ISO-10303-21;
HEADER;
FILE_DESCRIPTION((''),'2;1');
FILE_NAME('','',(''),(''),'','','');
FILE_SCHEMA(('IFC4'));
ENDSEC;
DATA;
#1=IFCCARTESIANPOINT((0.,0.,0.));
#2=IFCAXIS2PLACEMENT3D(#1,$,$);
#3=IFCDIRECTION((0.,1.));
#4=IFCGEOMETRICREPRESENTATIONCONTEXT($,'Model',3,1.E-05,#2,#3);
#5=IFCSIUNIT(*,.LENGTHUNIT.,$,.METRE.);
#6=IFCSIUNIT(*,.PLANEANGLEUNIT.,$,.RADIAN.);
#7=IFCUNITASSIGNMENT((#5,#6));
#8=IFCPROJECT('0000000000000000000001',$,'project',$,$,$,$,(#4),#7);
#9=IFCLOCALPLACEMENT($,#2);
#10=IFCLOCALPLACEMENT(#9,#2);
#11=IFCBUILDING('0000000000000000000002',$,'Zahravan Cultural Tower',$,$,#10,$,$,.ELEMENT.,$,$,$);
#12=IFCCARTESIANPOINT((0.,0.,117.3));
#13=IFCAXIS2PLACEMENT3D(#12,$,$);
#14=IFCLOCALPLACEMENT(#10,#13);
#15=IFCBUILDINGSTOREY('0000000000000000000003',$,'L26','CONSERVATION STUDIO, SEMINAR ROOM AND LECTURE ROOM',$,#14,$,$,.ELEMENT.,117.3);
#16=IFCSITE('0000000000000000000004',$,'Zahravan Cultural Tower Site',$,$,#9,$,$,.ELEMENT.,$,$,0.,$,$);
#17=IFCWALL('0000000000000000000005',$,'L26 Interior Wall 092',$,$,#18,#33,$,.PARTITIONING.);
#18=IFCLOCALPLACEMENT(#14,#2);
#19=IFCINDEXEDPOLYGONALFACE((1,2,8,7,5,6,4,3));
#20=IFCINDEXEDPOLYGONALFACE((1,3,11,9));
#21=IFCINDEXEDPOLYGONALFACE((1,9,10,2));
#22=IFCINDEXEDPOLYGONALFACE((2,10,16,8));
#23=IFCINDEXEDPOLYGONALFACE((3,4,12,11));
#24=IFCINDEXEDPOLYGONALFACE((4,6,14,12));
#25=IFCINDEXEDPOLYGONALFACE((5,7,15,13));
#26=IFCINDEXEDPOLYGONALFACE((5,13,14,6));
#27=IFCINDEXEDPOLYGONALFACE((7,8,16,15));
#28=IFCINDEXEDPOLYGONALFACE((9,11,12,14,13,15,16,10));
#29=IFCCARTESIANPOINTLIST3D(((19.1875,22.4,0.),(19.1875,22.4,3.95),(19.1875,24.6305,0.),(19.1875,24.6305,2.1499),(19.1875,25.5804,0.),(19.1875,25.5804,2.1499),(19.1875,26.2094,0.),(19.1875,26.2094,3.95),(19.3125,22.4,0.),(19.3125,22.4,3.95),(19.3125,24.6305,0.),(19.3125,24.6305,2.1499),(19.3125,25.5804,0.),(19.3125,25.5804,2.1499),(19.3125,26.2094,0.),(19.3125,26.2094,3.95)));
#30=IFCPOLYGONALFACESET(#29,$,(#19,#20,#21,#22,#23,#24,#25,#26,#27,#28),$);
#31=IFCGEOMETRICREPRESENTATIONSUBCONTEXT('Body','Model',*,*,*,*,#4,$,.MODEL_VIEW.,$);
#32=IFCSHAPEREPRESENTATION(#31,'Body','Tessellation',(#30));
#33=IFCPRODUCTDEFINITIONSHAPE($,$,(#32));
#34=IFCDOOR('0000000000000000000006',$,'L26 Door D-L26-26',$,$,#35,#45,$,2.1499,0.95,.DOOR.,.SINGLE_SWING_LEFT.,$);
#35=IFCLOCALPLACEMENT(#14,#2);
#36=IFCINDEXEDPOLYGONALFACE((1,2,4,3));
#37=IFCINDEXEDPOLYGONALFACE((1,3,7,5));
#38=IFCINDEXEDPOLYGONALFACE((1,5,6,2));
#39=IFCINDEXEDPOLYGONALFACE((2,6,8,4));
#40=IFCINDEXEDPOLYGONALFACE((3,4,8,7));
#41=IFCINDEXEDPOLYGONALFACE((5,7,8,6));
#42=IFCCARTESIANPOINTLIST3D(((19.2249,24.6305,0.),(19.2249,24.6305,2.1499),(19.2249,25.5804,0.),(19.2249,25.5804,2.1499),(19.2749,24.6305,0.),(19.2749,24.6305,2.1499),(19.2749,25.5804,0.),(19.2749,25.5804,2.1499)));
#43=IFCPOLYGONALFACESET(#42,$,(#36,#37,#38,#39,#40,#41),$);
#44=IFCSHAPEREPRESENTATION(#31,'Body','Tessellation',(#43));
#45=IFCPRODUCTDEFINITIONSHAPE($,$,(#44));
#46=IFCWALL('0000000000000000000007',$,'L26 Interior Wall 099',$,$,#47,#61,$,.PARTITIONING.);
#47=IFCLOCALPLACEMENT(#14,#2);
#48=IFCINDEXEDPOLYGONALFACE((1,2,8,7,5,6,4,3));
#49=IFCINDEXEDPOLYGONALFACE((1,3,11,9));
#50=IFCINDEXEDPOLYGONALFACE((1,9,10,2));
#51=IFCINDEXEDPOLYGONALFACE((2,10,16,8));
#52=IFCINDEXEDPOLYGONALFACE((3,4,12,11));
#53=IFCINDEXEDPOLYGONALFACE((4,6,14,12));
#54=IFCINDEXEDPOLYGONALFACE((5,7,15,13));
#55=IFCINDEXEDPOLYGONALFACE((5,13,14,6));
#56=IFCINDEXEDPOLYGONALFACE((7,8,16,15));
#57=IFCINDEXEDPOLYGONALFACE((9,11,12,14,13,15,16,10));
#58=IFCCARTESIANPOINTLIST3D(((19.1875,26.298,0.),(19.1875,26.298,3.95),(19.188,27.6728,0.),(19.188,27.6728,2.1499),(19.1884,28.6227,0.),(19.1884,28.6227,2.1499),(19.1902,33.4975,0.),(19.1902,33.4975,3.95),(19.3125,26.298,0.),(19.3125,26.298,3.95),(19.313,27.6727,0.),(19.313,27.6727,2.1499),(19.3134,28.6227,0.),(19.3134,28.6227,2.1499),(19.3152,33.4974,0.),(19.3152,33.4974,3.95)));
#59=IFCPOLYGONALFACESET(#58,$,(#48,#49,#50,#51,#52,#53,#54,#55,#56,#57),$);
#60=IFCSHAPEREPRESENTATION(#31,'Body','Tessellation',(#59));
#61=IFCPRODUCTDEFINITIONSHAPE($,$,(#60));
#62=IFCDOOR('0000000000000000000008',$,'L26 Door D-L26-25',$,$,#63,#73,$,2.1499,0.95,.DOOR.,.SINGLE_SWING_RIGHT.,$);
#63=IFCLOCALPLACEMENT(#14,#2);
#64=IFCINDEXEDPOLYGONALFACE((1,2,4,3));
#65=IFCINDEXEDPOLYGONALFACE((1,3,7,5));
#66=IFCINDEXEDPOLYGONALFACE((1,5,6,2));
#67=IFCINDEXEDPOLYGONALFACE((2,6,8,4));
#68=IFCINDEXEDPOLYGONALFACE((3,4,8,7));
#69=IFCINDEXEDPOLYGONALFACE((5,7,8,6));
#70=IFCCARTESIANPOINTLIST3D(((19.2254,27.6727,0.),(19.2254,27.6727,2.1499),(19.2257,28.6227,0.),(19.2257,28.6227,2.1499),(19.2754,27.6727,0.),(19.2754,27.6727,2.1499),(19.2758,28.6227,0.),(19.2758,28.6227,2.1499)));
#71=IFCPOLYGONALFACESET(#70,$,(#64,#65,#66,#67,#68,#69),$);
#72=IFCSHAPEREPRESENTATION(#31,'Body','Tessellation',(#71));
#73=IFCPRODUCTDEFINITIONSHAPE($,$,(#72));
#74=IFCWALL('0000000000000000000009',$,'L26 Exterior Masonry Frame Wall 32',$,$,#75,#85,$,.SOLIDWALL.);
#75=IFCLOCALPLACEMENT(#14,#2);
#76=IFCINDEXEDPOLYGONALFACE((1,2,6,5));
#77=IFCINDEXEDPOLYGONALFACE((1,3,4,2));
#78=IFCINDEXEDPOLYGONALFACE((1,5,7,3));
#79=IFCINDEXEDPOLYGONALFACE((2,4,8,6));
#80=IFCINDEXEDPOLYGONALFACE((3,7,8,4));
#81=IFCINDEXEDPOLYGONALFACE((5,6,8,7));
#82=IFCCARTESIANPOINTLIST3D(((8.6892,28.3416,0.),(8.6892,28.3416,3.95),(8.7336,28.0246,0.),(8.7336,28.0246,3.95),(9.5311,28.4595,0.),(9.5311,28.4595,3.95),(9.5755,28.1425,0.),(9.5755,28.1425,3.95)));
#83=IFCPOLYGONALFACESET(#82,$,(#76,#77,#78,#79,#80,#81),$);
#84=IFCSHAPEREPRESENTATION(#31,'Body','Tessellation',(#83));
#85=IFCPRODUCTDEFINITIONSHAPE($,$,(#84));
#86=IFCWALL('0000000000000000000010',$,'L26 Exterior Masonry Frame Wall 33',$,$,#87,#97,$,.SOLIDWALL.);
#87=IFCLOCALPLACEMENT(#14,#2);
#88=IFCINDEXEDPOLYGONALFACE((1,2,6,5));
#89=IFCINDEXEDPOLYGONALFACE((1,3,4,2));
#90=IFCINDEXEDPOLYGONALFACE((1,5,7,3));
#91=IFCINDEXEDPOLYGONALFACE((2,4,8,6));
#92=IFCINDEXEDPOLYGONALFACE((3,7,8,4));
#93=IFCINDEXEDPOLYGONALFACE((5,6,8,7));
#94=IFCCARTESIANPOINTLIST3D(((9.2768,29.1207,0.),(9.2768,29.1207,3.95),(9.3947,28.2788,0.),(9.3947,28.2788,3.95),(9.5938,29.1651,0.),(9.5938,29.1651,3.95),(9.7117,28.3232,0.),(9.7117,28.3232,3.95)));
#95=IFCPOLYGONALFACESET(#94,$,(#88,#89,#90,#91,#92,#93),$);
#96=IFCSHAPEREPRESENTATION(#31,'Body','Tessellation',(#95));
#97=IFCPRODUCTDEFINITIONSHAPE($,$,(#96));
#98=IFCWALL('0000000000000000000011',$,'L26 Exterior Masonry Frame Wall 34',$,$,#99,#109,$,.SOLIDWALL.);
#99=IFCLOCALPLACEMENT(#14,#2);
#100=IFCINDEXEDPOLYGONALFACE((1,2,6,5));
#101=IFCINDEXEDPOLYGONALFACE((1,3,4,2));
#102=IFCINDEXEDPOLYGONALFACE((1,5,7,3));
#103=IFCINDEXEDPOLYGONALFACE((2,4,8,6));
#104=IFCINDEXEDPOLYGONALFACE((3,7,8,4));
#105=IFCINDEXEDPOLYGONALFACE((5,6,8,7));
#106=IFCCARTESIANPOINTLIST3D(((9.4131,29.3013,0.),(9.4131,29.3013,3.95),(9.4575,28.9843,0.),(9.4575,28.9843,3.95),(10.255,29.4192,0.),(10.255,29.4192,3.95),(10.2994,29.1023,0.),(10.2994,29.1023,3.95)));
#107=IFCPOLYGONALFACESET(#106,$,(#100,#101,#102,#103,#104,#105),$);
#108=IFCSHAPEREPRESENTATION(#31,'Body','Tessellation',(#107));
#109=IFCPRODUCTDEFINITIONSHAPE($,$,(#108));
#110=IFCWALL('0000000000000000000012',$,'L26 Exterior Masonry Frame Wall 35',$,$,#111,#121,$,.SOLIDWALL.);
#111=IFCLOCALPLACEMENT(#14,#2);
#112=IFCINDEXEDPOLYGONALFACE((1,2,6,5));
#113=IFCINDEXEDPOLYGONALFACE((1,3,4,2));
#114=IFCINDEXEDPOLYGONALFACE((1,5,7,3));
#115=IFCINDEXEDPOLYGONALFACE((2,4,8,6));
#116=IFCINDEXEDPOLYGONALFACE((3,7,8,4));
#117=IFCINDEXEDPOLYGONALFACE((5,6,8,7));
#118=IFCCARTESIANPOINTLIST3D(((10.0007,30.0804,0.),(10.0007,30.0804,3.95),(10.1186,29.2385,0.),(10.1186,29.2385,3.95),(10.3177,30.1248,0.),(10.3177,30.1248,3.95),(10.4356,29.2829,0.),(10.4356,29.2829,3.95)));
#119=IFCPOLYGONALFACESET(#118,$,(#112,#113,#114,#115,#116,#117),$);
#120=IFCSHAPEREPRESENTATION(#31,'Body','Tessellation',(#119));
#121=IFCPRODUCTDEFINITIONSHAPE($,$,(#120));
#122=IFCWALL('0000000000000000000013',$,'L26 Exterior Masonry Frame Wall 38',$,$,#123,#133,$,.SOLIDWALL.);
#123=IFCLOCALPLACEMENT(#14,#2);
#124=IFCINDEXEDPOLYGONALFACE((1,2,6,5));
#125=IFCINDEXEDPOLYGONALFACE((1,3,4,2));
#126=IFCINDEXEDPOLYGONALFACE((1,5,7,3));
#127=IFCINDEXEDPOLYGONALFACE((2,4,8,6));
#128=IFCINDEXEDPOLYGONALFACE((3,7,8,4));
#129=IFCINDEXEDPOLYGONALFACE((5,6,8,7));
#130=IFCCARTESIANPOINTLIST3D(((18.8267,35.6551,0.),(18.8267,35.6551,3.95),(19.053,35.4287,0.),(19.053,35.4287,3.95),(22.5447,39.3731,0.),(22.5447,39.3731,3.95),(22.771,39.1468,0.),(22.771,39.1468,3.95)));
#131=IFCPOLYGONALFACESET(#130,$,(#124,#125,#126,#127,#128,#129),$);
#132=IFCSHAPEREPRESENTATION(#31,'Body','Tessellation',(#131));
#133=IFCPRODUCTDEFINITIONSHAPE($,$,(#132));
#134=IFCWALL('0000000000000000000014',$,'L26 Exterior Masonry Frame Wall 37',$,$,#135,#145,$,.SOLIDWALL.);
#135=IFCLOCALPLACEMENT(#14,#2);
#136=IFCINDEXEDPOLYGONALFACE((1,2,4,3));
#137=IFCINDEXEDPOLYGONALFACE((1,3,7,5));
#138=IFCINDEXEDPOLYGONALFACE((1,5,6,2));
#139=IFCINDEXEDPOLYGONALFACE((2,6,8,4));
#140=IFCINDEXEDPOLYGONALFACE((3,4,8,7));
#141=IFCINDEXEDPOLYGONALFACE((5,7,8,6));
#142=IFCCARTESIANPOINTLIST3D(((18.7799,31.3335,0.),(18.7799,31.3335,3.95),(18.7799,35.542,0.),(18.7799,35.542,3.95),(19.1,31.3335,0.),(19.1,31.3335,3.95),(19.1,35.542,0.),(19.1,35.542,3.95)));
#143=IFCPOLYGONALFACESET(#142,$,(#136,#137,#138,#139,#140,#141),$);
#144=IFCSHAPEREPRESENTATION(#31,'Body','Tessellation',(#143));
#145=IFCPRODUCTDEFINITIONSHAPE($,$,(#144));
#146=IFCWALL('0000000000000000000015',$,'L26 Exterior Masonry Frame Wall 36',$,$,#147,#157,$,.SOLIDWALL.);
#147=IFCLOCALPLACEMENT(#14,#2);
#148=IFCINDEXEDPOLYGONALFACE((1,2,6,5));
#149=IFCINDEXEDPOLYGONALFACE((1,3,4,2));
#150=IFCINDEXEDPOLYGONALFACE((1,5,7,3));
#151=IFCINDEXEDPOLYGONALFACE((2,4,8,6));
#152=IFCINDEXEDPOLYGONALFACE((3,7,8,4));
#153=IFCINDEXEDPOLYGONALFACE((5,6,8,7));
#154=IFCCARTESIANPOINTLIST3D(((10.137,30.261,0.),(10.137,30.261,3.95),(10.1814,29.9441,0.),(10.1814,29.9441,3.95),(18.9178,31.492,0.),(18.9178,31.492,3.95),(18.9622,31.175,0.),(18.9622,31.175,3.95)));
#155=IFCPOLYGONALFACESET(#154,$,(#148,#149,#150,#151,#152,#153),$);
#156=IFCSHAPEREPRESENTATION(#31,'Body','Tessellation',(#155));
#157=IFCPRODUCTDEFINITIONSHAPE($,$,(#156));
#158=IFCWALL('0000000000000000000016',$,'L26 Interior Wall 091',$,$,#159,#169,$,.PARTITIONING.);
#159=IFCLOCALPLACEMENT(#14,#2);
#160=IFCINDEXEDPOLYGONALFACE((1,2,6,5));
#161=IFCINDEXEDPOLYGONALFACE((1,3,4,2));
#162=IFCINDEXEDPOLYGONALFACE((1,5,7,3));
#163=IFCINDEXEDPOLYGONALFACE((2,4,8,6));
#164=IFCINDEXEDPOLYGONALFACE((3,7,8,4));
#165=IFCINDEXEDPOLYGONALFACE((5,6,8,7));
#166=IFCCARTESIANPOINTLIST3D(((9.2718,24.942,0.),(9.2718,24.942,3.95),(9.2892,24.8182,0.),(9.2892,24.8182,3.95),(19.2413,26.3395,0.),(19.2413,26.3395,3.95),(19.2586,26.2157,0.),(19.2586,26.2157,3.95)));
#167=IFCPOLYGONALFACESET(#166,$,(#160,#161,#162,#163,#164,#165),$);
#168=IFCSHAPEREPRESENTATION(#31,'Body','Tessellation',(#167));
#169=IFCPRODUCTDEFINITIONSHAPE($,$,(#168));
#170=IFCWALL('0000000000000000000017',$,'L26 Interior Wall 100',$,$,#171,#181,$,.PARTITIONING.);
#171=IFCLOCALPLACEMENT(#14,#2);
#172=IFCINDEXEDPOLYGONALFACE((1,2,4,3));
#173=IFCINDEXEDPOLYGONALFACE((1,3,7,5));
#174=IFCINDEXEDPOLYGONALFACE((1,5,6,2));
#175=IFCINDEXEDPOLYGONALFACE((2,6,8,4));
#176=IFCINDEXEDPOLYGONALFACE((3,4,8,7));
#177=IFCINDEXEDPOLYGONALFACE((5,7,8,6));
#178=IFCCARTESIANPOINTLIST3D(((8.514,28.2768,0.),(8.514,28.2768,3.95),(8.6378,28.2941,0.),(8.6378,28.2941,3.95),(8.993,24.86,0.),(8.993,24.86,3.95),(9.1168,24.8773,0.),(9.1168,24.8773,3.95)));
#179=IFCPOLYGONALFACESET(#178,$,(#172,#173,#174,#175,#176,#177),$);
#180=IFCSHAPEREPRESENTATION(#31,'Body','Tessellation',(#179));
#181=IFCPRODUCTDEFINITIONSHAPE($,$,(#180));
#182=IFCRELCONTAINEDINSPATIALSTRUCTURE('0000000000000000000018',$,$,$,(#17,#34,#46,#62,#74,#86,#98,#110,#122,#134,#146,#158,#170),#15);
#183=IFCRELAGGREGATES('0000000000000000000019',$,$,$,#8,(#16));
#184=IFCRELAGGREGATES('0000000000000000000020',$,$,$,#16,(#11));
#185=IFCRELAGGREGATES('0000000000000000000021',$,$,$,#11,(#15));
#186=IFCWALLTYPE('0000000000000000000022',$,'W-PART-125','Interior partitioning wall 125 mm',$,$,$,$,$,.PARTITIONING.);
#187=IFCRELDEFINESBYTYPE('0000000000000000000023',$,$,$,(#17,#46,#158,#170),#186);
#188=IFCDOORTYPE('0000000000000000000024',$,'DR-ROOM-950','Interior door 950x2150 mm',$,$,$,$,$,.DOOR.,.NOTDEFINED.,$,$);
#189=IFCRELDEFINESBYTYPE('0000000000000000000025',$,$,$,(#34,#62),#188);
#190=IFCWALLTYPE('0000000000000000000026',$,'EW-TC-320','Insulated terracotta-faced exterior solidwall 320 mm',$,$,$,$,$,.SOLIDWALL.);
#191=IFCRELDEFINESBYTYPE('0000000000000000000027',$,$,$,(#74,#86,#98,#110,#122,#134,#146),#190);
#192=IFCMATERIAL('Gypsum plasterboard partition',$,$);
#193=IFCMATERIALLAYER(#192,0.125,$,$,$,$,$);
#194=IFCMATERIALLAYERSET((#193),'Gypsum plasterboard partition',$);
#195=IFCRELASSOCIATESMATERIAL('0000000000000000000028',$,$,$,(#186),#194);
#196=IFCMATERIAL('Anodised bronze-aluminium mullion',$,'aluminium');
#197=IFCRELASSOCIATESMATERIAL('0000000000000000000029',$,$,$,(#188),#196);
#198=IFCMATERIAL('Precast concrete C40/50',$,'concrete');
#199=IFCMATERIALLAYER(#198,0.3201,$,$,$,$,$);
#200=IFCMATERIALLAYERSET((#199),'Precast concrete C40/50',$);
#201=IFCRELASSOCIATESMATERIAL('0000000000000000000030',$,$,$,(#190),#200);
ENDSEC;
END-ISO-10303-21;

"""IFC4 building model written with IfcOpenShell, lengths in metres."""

from ifc_helpers import new_model, si_unit, direction, frame, frame_2d, origin, place, context, subcontext, project, spatial, rectangle, extrude, source, transform, mapped, material, layer, layer_set, type_object, element, fill, save


model = new_model("IFC4")

# Units and contexts
model_context = context("Model", 3, precision=1e-05, world=origin(), true_north=direction((0.0, 1.0)))
body_context = subcontext(model_context, "Body", "Model", "MODEL_VIEW")
ifc_project = project(units=[si_unit("LENGTHUNIT", "METRE"), si_unit("PLANEANGLEUNIT", "RADIAN")], contexts=[model_context])

# Site, building, storey
site_placement = place(None, origin())
site = spatial("IfcSite", under=ifc_project, at=site_placement, Name="Zahravan Cultural Tower Site", CompositionType="ELEMENT", RefElevation=0.0)
building_placement = place(site_placement, origin())
building = spatial("IfcBuilding", under=site, at=building_placement, Name="Zahravan Cultural Tower", CompositionType="ELEMENT")
storey_placement = place(building_placement, frame((0.0, 0.0, 117.3)))
storey = spatial("IfcBuildingStorey", under=building, at=storey_placement, Name="L26", Description="CONSERVATION STUDIO, SEMINAR ROOM AND LECTURE ROOM", CompositionType="ELEMENT", Elevation=117.3)

# Shared definitions
ifc_material_1 = material(Name="Anodised bronze-aluminium mullion", Category="aluminium")

# Walls, openings, doors
ifc_material_2 = material(Name="Gypsum plasterboard partition")
ifc_layer_1 = layer(ifc_material_2, 0.125)
ifc_layer_set_1 = layer_set([ifc_layer_1], Name="Gypsum plasterboard partition")
wall_type_1 = type_object("IfcWallType", Name="W-PART-125", Description="Interior partitioning wall 125 mm", PredefinedType="PARTITIONING", material=ifc_layer_set_1)
wall_1_placement = place(storey_placement, frame((19.25, 26.2095, 0.0), z_axis=(0.0, 0.0, 1.0), x_axis=(0.0, -1.0, 0.0)))
wall_1 = element("IfcWall", 1, at=wall_1_placement, inside=storey, type_object=wall_type_1, Name="L26 Interior Wall 092", PredefinedType="PARTITIONING", context=body_context, shape_type="SweptSolid", body=[
    extrude(rectangle(XDim=3.8093, YDim=0.125, at=frame_2d((1.9048, 0.0))), origin(), (0.0, 0.0, 1.0), 3.95),
])
opening_1_placement = place(wall_1_placement, frame((0.6289, 0.0, 0.0)))
opening_1 = element("IfcOpeningElement", 2, at=opening_1_placement, cuts=wall_1, PredefinedType="OPENING", context=body_context, shape_type="SweptSolid", body=[
    extrude(rectangle(XDim=0.95, YDim=2.1499, at=frame_2d((0.4751, 1.075))), frame((0.0, 0.0725, 0.0), z_axis=(0.0, -1.0, 0.0), x_axis=(1.0, 0.0, 0.0)), (0.0, 0.0, 1.0), 0.145),
])
door_type = type_object("IfcDoorType", Name="DR-ROOM-950", Description="Interior door 950x2150 mm", OperationType="NOTDEFINED", PredefinedType="DOOR", material=ifc_material_1)
shared_shape_1 = source(origin(), body_context, "Body", "SweptSolid", [
    extrude(rectangle(XDim=0.95, YDim=2.1499, at=frame_2d((0.4751, 1.075))), frame((0.0, 0.0249, 0.0), z_axis=(0.0, -1.0, 0.0), x_axis=(1.0, 0.0, 0.0)), (0.0, 0.0, 1.0), 0.05),
])
door_1_placement = place(opening_1_placement, origin())
door_1 = element("IfcDoor", 3, at=door_1_placement, inside=storey, type_object=door_type, Name="L26 Door D-L26-26", OperationType="SINGLE_SWING_LEFT", OverallHeight=2.1499, OverallWidth=0.95, PredefinedType="DOOR", context=body_context, shape_type="MappedRepresentation", body=[
    mapped(shared_shape_1, transform((0.0, 0.0, 0.0), x_axis=(1.0, 0.0, 0.0), y_axis=(0.0, 1.0, 0.0), z_axis=(0.0, 0.0, 1.0), scale=1.0)),
])
fill(opening_1, door_1)
wall_2_placement = place(storey_placement, frame((19.2527, 33.4973, 0.0), z_axis=(0.0, 0.0, 1.0), x_axis=(-0.000373, -1.0, 0.0)))
wall_2 = element("IfcWall", 4, at=wall_2_placement, inside=storey, type_object=wall_type_1, Name="L26 Interior Wall 099", PredefinedType="PARTITIONING", context=body_context, shape_type="SweptSolid", body=[
    extrude(rectangle(XDim=7.1995, YDim=0.125, at=frame_2d((3.5996, 0.0))), origin(), (0.0, 0.0, 1.0), 3.95),
])
opening_2_placement = place(wall_2_placement, frame((4.8745, 0.0, 0.0)))
opening_2 = element("IfcOpeningElement", 5, at=opening_2_placement, cuts=wall_2, PredefinedType="OPENING", context=body_context, shape_type="SweptSolid", body=[
    extrude(rectangle(XDim=0.95, YDim=2.1499, at=frame_2d((0.4751, 1.075))), frame((0.0, 0.0725, 0.0), z_axis=(0.0, -1.0, 0.0), x_axis=(1.0, 0.0, 0.0)), (0.0, 0.0, 1.0), 0.145),
])
door_2_placement = place(opening_2_placement, origin())
door_2 = element("IfcDoor", 6, at=door_2_placement, inside=storey, type_object=door_type, Name="L26 Door D-L26-25", OperationType="SINGLE_SWING_RIGHT", OverallHeight=2.1499, OverallWidth=0.95, PredefinedType="DOOR", context=body_context, shape_type="MappedRepresentation", body=[
    mapped(shared_shape_1, transform((0.0, 0.0, 0.0), x_axis=(1.0, 0.0, 0.0), y_axis=(0.0, 1.0, 0.0), z_axis=(0.0, 0.0, 1.0), scale=1.0)),
])
fill(opening_2, door_2)

# Walls
ifc_material_3 = material(Name="Precast concrete C40/50", Category="concrete")
ifc_layer_2 = layer(ifc_material_3, 0.3201)
ifc_layer_set_2 = layer_set([ifc_layer_2], Name="Precast concrete C40/50")
wall_type_2 = type_object("IfcWallType", Name="EW-TC-320", Description="Insulated terracotta-faced exterior solidwall 320 mm", PredefinedType="SOLIDWALL", material=ifc_layer_set_2)
shared_shape_2 = source(origin(), body_context, "Body", "SweptSolid", [
    extrude(rectangle(XDim=0.8501, YDim=0.3201, at=frame_2d((0.425, 0.0))), origin(), (0.0, 0.0, 1.0), 3.95),
])
for number, where, z_axis, x_axis, name in (
    (7, (8.7114, 28.1831, 0.0), (0.0, 0.0, 1.0), (0.990331, 0.138727, 0.0), "L26 Exterior Masonry Frame Wall 32"),
    (8, (9.5532, 28.301, 0.0), (0.0, 0.0, 1.0), (-0.138727, 0.990331, 0.0), "L26 Exterior Masonry Frame Wall 33"),
    (9, (9.4353, 29.1428, 0.0), (0.0, 0.0, 1.0), (0.990331, 0.138727, 0.0), "L26 Exterior Masonry Frame Wall 34"),
    (10, (10.2771, 29.2607, 0.0), (0.0, 0.0, 1.0), (-0.138727, 0.990331, 0.0), "L26 Exterior Masonry Frame Wall 35"),
):
    element("IfcWall", number, at=place(storey_placement, frame(where, z_axis=z_axis, x_axis=x_axis)), inside=storey, type_object=wall_type_2, Name=name, PredefinedType="SOLIDWALL", context=body_context, shape_type="MappedRepresentation", body=[
        mapped(shared_shape_2, transform((0.0, 0.0, 0.0), x_axis=(1.0, 0.0, 0.0), y_axis=(0.0, 1.0, 0.0), z_axis=(0.0, 0.0, 1.0), scale=1.0)),
    ])
shared_shape_3 = source(origin(), body_context, "Body", "SweptSolid", [
    extrude(rectangle(XDim=5.2581, YDim=0.3201, at=frame_2d((2.6289, 0.0))), origin(), (0.0, 0.0, 1.0), 3.95),
])
wall_3_placement = place(storey_placement, frame((18.9399, 35.542, 0.0), z_axis=(0.0, 0.0, 1.0), x_axis=(0.707107, 0.707107, 0.0)))
element("IfcWall", 11, at=wall_3_placement, inside=storey, type_object=wall_type_2, Name="L26 Exterior Masonry Frame Wall 38", PredefinedType="SOLIDWALL", context=body_context, shape_type="MappedRepresentation", body=[
    mapped(shared_shape_3, transform((0.0, 0.0, 0.0), x_axis=(1.0, 0.0, 0.0), y_axis=(0.0, 1.0, 0.0), z_axis=(0.0, 0.0, 1.0), scale=1.0)),
])
shared_shape_4 = source(origin(), body_context, "Body", "SweptSolid", [
    extrude(rectangle(XDim=4.2085, YDim=0.3201, at=frame_2d((2.1042, 0.0))), origin(), (0.0, 0.0, 1.0), 3.95),
])
wall_4_placement = place(storey_placement, frame((18.9399, 31.3335, 0.0), z_axis=(0.0, 0.0, 1.0), x_axis=(0.0, 1.0, 0.0)))
element("IfcWall", 12, at=wall_4_placement, inside=storey, type_object=wall_type_2, Name="L26 Exterior Masonry Frame Wall 37", PredefinedType="SOLIDWALL", context=body_context, shape_type="MappedRepresentation", body=[
    mapped(shared_shape_4, transform((0.0, 0.0, 0.0), x_axis=(1.0, 0.0, 0.0), y_axis=(0.0, 1.0, 0.0), z_axis=(0.0, 0.0, 1.0), scale=1.0)),
])
shared_shape_5 = source(origin(), body_context, "Body", "SweptSolid", [
    extrude(rectangle(XDim=8.8667, YDim=0.3201, at=frame_2d((4.4333, 0.0))), origin(), (0.0, 0.0, 1.0), 3.95),
])
wall_5_placement = place(storey_placement, frame((10.1592, 30.1025, 0.0), z_axis=(0.0, 0.0, 1.0), x_axis=(0.990316, 0.13883, 0.0)))
element("IfcWall", 13, at=wall_5_placement, inside=storey, type_object=wall_type_2, Name="L26 Exterior Masonry Frame Wall 36", PredefinedType="SOLIDWALL", context=body_context, shape_type="MappedRepresentation", body=[
    mapped(shared_shape_5, transform((0.0, 0.0, 0.0), x_axis=(1.0, 0.0, 0.0), y_axis=(0.0, 1.0, 0.0), z_axis=(0.0, 0.0, 1.0), scale=1.0)),
])
shared_shape_6 = source(origin(), body_context, "Body", "SweptSolid", [
    extrude(rectangle(XDim=10.0669, YDim=0.125, at=frame_2d((5.0334, 0.0))), origin(), (0.0, 0.0, 1.0), 3.95),
])
wall_6_placement = place(storey_placement, frame((9.2805, 24.8801, 0.0), z_axis=(0.0, 0.0, 1.0), x_axis=(0.990318, 0.138817, 0.0)))
element("IfcWall", 14, at=wall_6_placement, inside=storey, type_object=wall_type_1, Name="L26 Interior Wall 091", PredefinedType="PARTITIONING", context=body_context, shape_type="MappedRepresentation", body=[
    mapped(shared_shape_6, transform((0.0, 0.0, 0.0), x_axis=(1.0, 0.0, 0.0), y_axis=(0.0, 1.0, 0.0), z_axis=(0.0, 0.0, 1.0), scale=1.0)),
])
shared_shape_7 = source(origin(), body_context, "Body", "SweptSolid", [
    extrude(rectangle(XDim=3.4502, YDim=0.125, at=frame_2d((1.7251, 0.0))), origin(), (0.0, 0.0, 1.0), 3.95),
])
wall_7_placement = place(storey_placement, frame((9.0549, 24.8687, 0.0), z_axis=(0.0, 0.0, 1.0), x_axis=(-0.138835, 0.990315, 0.0)))
element("IfcWall", 15, at=wall_7_placement, inside=storey, type_object=wall_type_1, Name="L26 Interior Wall 100", PredefinedType="PARTITIONING", context=body_context, shape_type="MappedRepresentation", body=[
    mapped(shared_shape_7, transform((0.0, 0.0, 0.0), x_axis=(1.0, 0.0, 0.0), y_axis=(0.0, 1.0, 0.0), z_axis=(0.0, 0.0, 1.0), scale=1.0)),
])

save(model, "model.ifc")
